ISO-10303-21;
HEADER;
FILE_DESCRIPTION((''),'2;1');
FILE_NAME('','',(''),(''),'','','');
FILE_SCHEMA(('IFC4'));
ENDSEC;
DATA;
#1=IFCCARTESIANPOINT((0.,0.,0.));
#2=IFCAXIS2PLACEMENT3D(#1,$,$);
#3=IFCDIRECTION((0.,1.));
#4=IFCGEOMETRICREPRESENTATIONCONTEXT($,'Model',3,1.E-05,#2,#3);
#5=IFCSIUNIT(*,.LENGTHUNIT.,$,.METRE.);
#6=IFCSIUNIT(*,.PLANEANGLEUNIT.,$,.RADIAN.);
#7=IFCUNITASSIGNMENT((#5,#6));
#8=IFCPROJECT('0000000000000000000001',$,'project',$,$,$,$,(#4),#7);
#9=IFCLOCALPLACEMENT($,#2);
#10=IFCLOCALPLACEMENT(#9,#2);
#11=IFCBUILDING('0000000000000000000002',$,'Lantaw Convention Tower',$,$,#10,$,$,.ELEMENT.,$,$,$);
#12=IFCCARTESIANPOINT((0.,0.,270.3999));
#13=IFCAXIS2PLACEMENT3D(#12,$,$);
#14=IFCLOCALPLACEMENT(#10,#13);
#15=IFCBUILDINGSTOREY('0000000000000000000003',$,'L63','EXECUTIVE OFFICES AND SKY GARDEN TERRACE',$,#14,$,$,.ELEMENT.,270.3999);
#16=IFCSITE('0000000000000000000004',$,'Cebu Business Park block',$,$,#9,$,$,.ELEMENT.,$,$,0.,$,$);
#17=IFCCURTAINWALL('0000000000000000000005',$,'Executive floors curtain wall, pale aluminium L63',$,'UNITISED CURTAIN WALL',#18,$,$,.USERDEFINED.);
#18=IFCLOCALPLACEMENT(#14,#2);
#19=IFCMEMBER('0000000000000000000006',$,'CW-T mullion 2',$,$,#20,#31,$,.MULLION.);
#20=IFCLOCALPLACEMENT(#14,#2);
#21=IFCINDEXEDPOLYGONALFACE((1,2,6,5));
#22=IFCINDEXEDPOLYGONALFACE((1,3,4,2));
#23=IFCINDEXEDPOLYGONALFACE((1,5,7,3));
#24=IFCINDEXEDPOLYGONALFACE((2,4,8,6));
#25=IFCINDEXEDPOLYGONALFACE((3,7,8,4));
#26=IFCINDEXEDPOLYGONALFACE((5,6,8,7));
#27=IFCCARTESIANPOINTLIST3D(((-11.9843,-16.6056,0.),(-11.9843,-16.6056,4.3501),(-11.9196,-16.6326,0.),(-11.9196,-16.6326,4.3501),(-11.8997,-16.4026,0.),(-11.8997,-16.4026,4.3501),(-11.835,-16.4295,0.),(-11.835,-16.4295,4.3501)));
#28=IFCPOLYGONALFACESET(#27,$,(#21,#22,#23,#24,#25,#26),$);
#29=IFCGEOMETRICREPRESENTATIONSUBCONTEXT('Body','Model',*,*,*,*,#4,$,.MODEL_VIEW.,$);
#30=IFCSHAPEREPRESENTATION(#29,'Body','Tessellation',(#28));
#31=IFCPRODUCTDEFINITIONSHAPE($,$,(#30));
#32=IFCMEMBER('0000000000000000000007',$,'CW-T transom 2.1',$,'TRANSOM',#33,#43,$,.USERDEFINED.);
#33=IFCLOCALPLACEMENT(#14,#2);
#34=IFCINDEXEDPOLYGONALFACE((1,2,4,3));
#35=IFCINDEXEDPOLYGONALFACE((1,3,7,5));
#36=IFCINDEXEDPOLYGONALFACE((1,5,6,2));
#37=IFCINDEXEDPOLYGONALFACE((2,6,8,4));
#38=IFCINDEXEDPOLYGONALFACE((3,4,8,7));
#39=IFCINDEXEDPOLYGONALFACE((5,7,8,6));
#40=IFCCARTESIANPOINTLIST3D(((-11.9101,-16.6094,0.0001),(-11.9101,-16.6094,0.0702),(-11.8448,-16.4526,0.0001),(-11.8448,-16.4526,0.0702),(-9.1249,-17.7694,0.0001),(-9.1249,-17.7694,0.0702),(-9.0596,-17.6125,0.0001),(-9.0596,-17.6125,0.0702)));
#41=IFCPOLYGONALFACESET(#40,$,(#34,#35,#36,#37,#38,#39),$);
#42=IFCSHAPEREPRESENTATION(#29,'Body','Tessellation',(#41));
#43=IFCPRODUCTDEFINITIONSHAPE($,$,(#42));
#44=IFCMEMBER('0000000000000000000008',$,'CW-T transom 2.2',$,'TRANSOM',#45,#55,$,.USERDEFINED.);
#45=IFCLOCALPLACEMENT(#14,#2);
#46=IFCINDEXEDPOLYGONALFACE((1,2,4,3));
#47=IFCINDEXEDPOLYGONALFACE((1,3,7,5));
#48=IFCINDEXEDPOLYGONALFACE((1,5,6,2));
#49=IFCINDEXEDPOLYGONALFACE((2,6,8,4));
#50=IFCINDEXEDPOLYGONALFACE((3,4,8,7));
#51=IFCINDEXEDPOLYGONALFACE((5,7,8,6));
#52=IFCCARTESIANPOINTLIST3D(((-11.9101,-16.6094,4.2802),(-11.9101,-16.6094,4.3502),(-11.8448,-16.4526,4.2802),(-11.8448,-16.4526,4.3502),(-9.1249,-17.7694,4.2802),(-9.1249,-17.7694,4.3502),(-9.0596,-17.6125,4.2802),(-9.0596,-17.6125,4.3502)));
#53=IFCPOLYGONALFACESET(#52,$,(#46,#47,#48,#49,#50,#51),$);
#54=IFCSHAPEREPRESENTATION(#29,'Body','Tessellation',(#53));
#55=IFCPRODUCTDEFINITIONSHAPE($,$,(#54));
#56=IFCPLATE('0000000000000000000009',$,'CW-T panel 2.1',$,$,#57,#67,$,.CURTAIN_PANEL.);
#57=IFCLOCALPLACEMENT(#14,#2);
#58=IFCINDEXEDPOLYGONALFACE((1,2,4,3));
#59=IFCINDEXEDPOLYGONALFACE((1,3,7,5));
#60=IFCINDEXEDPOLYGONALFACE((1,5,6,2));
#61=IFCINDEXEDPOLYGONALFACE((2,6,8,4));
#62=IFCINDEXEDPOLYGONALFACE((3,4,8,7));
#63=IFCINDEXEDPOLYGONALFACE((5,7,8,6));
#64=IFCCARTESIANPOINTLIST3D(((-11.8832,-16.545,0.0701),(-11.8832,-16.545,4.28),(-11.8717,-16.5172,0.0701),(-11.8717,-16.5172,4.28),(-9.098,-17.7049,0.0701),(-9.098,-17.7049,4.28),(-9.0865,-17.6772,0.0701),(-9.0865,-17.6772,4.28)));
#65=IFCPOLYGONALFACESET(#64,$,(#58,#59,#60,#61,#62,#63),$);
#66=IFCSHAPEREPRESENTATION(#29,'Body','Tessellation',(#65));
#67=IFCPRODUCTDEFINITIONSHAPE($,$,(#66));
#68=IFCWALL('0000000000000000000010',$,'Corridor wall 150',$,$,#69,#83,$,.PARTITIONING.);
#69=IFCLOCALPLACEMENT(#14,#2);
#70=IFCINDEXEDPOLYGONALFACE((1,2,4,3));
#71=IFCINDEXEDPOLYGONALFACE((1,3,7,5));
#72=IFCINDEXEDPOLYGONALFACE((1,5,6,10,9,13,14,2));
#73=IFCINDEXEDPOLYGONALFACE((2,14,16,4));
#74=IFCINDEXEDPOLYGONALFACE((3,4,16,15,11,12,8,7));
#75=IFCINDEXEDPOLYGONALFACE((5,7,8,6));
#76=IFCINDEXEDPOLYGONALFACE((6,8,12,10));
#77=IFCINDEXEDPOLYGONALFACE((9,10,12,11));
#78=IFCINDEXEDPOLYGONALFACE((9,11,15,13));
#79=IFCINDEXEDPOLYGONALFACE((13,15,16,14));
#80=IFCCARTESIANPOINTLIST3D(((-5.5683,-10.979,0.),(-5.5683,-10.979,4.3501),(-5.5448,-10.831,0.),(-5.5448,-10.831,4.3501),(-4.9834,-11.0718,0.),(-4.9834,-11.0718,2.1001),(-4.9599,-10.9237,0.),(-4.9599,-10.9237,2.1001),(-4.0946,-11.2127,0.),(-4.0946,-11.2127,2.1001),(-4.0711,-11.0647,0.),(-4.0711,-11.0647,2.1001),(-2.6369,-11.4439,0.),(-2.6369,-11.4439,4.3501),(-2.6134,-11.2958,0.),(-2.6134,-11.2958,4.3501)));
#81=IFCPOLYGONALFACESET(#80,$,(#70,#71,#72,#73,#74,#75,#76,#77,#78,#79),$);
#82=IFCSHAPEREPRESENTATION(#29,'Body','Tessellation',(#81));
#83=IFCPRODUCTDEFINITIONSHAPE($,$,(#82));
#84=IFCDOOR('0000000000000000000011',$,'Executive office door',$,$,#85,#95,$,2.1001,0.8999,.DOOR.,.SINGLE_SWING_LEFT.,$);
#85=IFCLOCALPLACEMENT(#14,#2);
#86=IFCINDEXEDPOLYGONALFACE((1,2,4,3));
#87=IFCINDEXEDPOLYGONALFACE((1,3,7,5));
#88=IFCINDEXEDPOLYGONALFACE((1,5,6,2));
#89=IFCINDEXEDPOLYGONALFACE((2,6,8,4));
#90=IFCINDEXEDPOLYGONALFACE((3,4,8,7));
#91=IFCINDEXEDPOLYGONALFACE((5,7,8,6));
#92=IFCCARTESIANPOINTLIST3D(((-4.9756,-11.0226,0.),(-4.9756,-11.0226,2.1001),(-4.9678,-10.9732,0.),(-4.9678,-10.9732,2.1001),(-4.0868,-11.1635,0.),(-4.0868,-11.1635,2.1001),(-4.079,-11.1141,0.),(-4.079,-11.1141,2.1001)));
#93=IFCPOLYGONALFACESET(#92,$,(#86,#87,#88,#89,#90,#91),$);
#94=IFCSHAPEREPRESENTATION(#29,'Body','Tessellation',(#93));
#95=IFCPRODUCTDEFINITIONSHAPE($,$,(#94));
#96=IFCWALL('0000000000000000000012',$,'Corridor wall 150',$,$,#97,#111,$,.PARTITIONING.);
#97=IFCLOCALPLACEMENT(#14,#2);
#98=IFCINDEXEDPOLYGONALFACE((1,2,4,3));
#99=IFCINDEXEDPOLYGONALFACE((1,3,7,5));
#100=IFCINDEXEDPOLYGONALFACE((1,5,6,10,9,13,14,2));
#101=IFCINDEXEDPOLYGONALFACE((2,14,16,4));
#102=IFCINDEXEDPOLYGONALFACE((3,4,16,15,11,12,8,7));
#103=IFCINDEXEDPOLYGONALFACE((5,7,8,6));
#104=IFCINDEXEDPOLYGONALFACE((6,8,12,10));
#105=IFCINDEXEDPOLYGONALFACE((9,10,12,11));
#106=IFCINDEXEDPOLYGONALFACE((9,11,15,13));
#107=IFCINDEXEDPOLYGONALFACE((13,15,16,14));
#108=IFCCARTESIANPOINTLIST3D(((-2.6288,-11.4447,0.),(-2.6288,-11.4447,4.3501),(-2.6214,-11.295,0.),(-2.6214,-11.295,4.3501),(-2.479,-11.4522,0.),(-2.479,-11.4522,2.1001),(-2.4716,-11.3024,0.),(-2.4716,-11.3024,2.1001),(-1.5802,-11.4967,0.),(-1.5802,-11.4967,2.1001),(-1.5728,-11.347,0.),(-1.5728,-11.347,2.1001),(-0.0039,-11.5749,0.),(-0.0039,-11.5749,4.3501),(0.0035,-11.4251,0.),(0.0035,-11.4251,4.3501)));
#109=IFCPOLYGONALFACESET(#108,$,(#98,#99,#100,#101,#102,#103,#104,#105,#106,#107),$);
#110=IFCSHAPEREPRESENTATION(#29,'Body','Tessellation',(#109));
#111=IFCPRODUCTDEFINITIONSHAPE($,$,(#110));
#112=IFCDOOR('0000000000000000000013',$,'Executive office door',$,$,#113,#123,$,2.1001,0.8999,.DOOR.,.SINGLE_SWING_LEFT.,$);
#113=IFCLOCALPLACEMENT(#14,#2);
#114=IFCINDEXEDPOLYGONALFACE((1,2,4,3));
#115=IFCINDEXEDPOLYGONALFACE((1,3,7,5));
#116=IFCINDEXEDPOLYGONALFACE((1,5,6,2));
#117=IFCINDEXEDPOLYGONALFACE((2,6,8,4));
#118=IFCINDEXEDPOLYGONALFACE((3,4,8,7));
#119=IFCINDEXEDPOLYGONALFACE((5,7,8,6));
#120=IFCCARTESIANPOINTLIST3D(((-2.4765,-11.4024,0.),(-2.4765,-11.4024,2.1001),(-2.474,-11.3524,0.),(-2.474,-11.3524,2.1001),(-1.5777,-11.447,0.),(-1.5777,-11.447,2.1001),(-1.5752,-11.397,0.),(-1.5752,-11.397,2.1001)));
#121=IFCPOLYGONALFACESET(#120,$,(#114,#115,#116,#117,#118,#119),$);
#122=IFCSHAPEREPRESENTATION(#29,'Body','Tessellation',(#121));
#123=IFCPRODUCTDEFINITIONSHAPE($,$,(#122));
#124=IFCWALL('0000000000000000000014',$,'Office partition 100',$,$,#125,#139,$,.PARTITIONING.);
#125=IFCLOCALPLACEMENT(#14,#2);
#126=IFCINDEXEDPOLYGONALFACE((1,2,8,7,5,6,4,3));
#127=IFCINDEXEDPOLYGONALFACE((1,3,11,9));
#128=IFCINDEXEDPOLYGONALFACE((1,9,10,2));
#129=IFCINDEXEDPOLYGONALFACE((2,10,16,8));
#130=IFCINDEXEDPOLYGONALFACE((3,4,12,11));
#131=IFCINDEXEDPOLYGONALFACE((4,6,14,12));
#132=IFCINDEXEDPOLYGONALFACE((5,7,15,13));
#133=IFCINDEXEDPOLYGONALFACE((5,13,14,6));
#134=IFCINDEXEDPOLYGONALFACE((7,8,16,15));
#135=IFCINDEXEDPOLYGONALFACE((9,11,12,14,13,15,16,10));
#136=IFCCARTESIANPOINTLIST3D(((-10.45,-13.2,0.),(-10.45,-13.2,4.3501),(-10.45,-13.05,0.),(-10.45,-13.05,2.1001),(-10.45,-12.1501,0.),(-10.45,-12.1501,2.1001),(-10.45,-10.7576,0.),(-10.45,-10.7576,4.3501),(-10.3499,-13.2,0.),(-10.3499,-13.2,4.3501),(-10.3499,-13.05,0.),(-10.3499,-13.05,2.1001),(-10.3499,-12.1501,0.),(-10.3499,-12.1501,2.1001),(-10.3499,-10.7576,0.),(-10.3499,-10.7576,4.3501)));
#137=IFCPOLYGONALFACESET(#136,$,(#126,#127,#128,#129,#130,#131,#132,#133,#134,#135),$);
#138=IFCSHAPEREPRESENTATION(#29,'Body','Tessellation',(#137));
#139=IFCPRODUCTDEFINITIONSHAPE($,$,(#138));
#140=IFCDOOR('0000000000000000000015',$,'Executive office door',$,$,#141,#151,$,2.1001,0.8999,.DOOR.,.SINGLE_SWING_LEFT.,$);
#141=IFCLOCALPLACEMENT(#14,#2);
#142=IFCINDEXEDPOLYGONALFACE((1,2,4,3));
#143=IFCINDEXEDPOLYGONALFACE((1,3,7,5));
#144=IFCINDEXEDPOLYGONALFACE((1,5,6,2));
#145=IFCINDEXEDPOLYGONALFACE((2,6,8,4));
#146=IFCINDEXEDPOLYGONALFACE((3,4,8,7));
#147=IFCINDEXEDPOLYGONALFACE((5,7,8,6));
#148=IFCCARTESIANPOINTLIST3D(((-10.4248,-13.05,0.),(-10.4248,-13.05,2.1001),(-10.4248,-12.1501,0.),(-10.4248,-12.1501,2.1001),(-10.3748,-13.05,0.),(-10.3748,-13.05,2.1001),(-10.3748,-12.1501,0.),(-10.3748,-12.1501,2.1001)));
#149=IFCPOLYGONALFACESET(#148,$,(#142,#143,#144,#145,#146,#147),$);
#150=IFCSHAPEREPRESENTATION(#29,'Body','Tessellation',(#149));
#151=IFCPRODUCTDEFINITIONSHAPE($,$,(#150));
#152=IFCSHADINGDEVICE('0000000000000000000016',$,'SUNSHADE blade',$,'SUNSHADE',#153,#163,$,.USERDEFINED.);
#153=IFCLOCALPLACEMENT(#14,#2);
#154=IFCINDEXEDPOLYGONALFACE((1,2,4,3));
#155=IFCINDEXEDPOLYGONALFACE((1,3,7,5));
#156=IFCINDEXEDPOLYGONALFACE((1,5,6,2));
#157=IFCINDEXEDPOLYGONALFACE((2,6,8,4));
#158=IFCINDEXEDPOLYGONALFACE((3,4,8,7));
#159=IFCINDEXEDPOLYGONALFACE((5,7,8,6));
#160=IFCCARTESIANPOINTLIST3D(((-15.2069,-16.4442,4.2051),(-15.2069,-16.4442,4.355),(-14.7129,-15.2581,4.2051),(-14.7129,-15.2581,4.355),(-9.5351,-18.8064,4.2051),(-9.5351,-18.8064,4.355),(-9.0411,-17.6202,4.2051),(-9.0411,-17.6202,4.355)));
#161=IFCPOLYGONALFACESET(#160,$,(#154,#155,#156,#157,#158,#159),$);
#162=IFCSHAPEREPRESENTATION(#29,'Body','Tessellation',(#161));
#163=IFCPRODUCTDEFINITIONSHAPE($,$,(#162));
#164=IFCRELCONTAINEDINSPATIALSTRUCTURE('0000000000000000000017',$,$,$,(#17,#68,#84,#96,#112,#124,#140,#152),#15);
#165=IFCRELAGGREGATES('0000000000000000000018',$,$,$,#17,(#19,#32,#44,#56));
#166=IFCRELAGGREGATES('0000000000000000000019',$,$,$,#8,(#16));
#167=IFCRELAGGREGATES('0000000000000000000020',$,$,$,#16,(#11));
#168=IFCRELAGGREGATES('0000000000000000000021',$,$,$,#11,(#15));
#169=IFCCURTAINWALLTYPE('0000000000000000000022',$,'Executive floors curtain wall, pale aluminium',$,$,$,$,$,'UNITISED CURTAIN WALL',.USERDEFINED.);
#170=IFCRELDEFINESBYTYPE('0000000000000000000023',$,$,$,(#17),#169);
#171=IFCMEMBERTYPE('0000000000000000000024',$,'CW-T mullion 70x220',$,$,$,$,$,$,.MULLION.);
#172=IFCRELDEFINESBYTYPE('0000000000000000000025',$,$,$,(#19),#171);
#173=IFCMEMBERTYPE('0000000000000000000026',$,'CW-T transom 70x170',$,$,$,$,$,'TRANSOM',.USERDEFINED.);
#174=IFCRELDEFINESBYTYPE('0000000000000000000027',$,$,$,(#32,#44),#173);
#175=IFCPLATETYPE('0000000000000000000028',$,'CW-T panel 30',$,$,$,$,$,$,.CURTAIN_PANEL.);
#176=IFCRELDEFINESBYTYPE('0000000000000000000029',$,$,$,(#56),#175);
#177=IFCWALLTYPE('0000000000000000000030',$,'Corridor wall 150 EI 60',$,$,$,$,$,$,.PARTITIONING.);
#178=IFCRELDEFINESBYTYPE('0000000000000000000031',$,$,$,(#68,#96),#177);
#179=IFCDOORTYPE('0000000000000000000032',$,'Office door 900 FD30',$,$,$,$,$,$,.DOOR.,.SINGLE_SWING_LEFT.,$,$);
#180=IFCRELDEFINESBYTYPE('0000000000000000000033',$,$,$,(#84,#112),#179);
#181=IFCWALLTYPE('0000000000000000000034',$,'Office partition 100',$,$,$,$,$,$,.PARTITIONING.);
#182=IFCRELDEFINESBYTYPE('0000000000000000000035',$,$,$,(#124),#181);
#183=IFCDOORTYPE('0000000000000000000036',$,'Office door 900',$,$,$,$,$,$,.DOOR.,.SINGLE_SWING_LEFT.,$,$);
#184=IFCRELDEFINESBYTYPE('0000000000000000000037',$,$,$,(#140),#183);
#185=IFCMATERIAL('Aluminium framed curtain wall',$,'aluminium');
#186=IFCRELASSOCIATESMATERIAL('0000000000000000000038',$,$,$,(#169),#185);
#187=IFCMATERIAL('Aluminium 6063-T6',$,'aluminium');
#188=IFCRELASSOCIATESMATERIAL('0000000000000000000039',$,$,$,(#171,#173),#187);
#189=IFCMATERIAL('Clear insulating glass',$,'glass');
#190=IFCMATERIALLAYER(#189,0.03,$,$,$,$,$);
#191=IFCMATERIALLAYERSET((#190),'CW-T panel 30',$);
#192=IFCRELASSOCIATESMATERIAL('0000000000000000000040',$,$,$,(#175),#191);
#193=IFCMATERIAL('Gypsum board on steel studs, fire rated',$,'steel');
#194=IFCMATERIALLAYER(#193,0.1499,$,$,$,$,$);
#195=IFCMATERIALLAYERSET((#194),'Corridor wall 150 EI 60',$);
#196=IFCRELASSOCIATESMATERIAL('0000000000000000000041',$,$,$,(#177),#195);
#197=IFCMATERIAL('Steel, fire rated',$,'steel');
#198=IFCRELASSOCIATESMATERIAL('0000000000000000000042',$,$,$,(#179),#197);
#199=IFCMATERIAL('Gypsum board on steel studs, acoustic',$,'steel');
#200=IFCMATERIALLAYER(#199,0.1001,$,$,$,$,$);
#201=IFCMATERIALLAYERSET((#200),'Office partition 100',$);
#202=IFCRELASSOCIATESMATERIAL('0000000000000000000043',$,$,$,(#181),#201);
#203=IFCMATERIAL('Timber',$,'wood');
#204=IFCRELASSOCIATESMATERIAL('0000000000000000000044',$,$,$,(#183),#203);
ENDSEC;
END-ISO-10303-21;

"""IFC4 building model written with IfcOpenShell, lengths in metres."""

from ifc_helpers import new_model, si_unit, direction, frame, frame_2d, origin, origin_2d, place, context, subcontext, project, spatial, rectangle, extrude, material, layer, layer_set, material_profile, profile_set, type_object, element, fill, aggregate, save


model = new_model("IFC4")

# Units and contexts
model_context = context("Model", 3, precision=1e-05, world=origin(), true_north=direction((0.0, 1.0)))
body_context = subcontext(model_context, "Body", "Model", "MODEL_VIEW")
ifc_project = project(units=[si_unit("LENGTHUNIT", "METRE"), si_unit("PLANEANGLEUNIT", "RADIAN")], contexts=[model_context])

# Site, building, storey
site_placement = place(None, origin())
site = spatial("IfcSite", under=ifc_project, at=site_placement, Name="Cebu Business Park block", CompositionType="ELEMENT", RefElevation=0.0)
building_placement = place(site_placement, origin())
building = spatial("IfcBuilding", under=site, at=building_placement, Name="Lantaw Convention Tower", CompositionType="ELEMENT")
storey_placement = place(building_placement, frame((0.0, 0.0, 270.3999)))
storey = spatial("IfcBuildingStorey", under=building, at=storey_placement, Name="L63", Description="EXECUTIVE OFFICES AND SKY GARDEN TERRACE", CompositionType="ELEMENT", Elevation=270.3999)

# Curtain wall, members, plate
ifc_material_1 = material(Name="Aluminium framed curtain wall", Category="aluminium")
curtain_wall_type = type_object("IfcCurtainWallType", Name="Executive floors curtain wall, pale aluminium", ElementType="UNITISED CURTAIN WALL", PredefinedType="USERDEFINED", material=ifc_material_1)
curtain_wall_placement = place(storey_placement, origin())
curtain_wall = element("IfcCurtainWall", 1, at=curtain_wall_placement, inside=storey, type_object=curtain_wall_type, Name="Executive floors curtain wall, pale aluminium L63", ObjectType="UNITISED CURTAIN WALL", PredefinedType="USERDEFINED")
ifc_material_2 = material(Name="Aluminium 6063-T6", Category="aluminium")
ifc_material_profile_1 = material_profile(ifc_material_2, rectangle(XDim=0.22, YDim=0.0701, at=origin_2d()), Name="CW-T mullion 70x220")
ifc_profile_set_1 = profile_set([ifc_material_profile_1], Name="Aluminium 6063-T6")
member_type_1 = type_object("IfcMemberType", Name="CW-T mullion 70x220", PredefinedType="MULLION", material=ifc_profile_set_1)
member_1_placement = place(storey_placement, frame((-11.9097, -16.5176, 0.0), z_axis=(0.0, 0.0, 1.0), x_axis=(0.38446, 0.923142, 0.0)))
member_1 = element("IfcMember", 2, at=member_1_placement, type_object=member_type_1, Name="CW-T mullion 2", PredefinedType="MULLION", context=body_context, shape_type="SweptSolid", body=[
    extrude(rectangle(XDim=0.22, YDim=0.0701, at=origin_2d()), origin(), (0.0, 0.0, 1.0), 4.3501),
])
ifc_material_profile_2 = material_profile(ifc_material_2, rectangle(XDim=0.1699, YDim=0.0701, at=origin_2d()), Name="CW-T transom 70x170")
ifc_profile_set_2 = profile_set([ifc_material_profile_2], Name="Aluminium 6063-T6")
member_type_2 = type_object("IfcMemberType", Name="CW-T transom 70x170", ElementType="TRANSOM", PredefinedType="USERDEFINED", material=ifc_profile_set_2)
member_2_placement = place(storey_placement, frame((-11.8774, -16.531, 0.0352), z_axis=(0.923144, -0.384454, 0.0), x_axis=(0.384454, 0.923144, 0.0)))
member_2 = element("IfcMember", 3, at=member_2_placement, type_object=member_type_2, Name="CW-T transom 2.1", ObjectType="TRANSOM", PredefinedType="USERDEFINED", context=body_context, shape_type="SweptSolid", body=[
    extrude(rectangle(XDim=0.1699, YDim=0.0701, at=origin_2d()), origin(), (0.0, 0.0, 1.0), 3.0171),
])
member_3_placement = place(storey_placement, frame((-11.8774, -16.531, 4.3152), z_axis=(0.923144, -0.384454, 0.0), x_axis=(0.384454, 0.923144, 0.0)))
member_3 = element("IfcMember", 4, at=member_3_placement, type_object=member_type_2, Name="CW-T transom 2.2", ObjectType="TRANSOM", PredefinedType="USERDEFINED", context=body_context, shape_type="SweptSolid", body=[
    extrude(rectangle(XDim=0.1699, YDim=0.0701, at=origin_2d()), origin(), (0.0, 0.0, 1.0), 3.0171),
])
ifc_material_3 = material(Name="Clear insulating glass", Category="glass")
ifc_layer_1 = layer(ifc_material_3, 0.03)
ifc_layer_set_1 = layer_set([ifc_layer_1], Name="CW-T panel 30")
plate_type = type_object("IfcPlateType", Name="CW-T panel 30", PredefinedType="CURTAIN_PANEL", material=ifc_layer_set_1)
plate_placement = place(storey_placement, frame((-10.4849, -17.1111, 0.0701), z_axis=(0.0, 0.0, 1.0), x_axis=(0.923142, -0.38446, 0.0)))
plate = element("IfcPlate", 5, at=plate_placement, type_object=plate_type, Name="CW-T panel 2.1", PredefinedType="CURTAIN_PANEL", context=body_context, shape_type="SweptSolid", body=[
    extrude(rectangle(XDim=3.0171, YDim=0.03, at=origin_2d()), origin(), (0.0, 0.0, 1.0), 4.21),
])
aggregate(curtain_wall, [member_1, member_2, member_3, plate])

# Walls, openings, doors
ifc_material_4 = material(Name="Gypsum board on steel studs, fire rated", Category="steel")
ifc_layer_2 = layer(ifc_material_4, 0.1499)
ifc_layer_set_2 = layer_set([ifc_layer_2], Name="Corridor wall 150 EI 60")
wall_type_1 = type_object("IfcWallType", Name="Corridor wall 150 EI 60", PredefinedType="PARTITIONING", material=ifc_layer_set_2)
wall_1_placement = place(storey_placement, frame((-5.5564, -10.905, 0.0), z_axis=(0.0, 0.0, 1.0), x_axis=(0.987659, -0.156617, 0.0)))
wall_1 = element("IfcWall", 6, at=wall_1_placement, inside=storey, type_object=wall_type_1, Name="Corridor wall 150", PredefinedType="PARTITIONING", context=body_context, shape_type="SweptSolid", body=[
    extrude(rectangle(XDim=2.968, YDim=0.1499, at=frame_2d((1.4839, 0.0))), origin(), (0.0, 0.0, 1.0), 4.3501),
])
opening_1_placement = place(wall_1_placement, frame((0.592, 0.0, 0.0)))
opening_1 = element("IfcOpeningElement", 7, at=opening_1_placement, cuts=wall_1, PredefinedType="OPENING", context=body_context, shape_type="SweptSolid", body=[
    extrude(rectangle(XDim=0.8999, YDim=2.1001, at=frame_2d((0.45, 1.05))), frame((0.0, 0.085, 0.0), z_axis=(0.0, -1.0, 0.0), x_axis=(1.0, 0.0, 0.0)), (0.0, 0.0, 1.0), 0.1699),
])
ifc_material_5 = material(Name="Steel, fire rated", Category="steel")
door_type_1 = type_object("IfcDoorType", Name="Office door 900 FD30", OperationType="SINGLE_SWING_LEFT", PredefinedType="DOOR", material=ifc_material_5)
door_1_placement = place(opening_1_placement, origin())
door_1 = element("IfcDoor", 8, at=door_1_placement, inside=storey, type_object=door_type_1, Name="Executive office door", OperationType="SINGLE_SWING_LEFT", OverallHeight=2.1001, OverallWidth=0.8999, PredefinedType="DOOR", context=body_context, shape_type="SweptSolid", body=[
    extrude(rectangle(XDim=0.8999, YDim=2.1001, at=frame_2d((0.45, 1.05))), frame((0.0, 0.0249, 0.0), z_axis=(0.0, -1.0, 0.0), x_axis=(1.0, 0.0, 0.0)), (0.0, 0.0, 1.0), 0.05),
])
fill(opening_1, door_1)
wall_2_placement = place(storey_placement, frame((-2.625, -11.3699, 0.0), z_axis=(0.0, 0.0, 1.0), x_axis=(0.998774, -0.049511, 0.0)))
wall_2 = element("IfcWall", 9, at=wall_2_placement, inside=storey, type_object=wall_type_1, Name="Corridor wall 150", PredefinedType="PARTITIONING", context=body_context, shape_type="SweptSolid", body=[
    extrude(rectangle(XDim=2.6282, YDim=0.1499, at=frame_2d((1.314, 0.0))), origin(), (0.0, 0.0, 1.0), 4.3501),
])
opening_2_placement = place(wall_2_placement, frame((0.1499, 0.0, 0.0)))
opening_2 = element("IfcOpeningElement", 10, at=opening_2_placement, cuts=wall_2, PredefinedType="OPENING", context=body_context, shape_type="SweptSolid", body=[
    extrude(rectangle(XDim=0.8999, YDim=2.1001, at=frame_2d((0.45, 1.05))), frame((0.0, 0.085, 0.0), z_axis=(0.0, -1.0, 0.0), x_axis=(1.0, 0.0, 0.0)), (0.0, 0.0, 1.0), 0.1699),
])
door_2_placement = place(opening_2_placement, origin())
door_2 = element("IfcDoor", 11, at=door_2_placement, inside=storey, type_object=door_type_1, Name="Executive office door", OperationType="SINGLE_SWING_LEFT", OverallHeight=2.1001, OverallWidth=0.8999, PredefinedType="DOOR", context=body_context, shape_type="SweptSolid", body=[
    extrude(rectangle(XDim=0.8999, YDim=2.1001, at=frame_2d((0.45, 1.05))), frame((0.0, 0.0249, 0.0), z_axis=(0.0, -1.0, 0.0), x_axis=(1.0, 0.0, 0.0)), (0.0, 0.0, 1.0), 0.05),
])
fill(opening_2, door_2)
ifc_material_6 = material(Name="Gypsum board on steel studs, acoustic", Category="steel")
ifc_layer_3 = layer(ifc_material_6, 0.1001)
ifc_layer_set_3 = layer_set([ifc_layer_3], Name="Office partition 100")
wall_type_2 = type_object("IfcWallType", Name="Office partition 100", PredefinedType="PARTITIONING", material=ifc_layer_set_3)
wall_3_placement = place(storey_placement, frame((-10.3999, -13.2, 0.0), z_axis=(0.0, 0.0, 1.0), x_axis=(0.0, 1.0, 0.0)))
wall_3 = element("IfcWall", 12, at=wall_3_placement, inside=storey, type_object=wall_type_2, Name="Office partition 100", PredefinedType="PARTITIONING", context=body_context, shape_type="SweptSolid", body=[
    extrude(rectangle(XDim=2.4424, YDim=0.1001, at=frame_2d((1.2212, 0.0))), origin(), (0.0, 0.0, 1.0), 4.3501),
])
opening_3_placement = place(wall_3_placement, frame((0.1499, 0.0, 0.0)))
opening_3 = element("IfcOpeningElement", 13, at=opening_3_placement, cuts=wall_3, PredefinedType="OPENING", context=body_context, shape_type="SweptSolid", body=[
    extrude(rectangle(XDim=0.8999, YDim=2.1001, at=frame_2d((0.45, 1.05))), frame((0.0, 0.0601, 0.0), z_axis=(0.0, -1.0, 0.0), x_axis=(1.0, 0.0, 0.0)), (0.0, 0.0, 1.0), 0.1201),
])
ifc_material_7 = material(Name="Timber", Category="wood")
door_type_2 = type_object("IfcDoorType", Name="Office door 900", OperationType="SINGLE_SWING_LEFT", PredefinedType="DOOR", material=ifc_material_7)
door_3_placement = place(opening_3_placement, origin())
door_3 = element("IfcDoor", 14, at=door_3_placement, inside=storey, type_object=door_type_2, Name="Executive office door", OperationType="SINGLE_SWING_LEFT", OverallHeight=2.1001, OverallWidth=0.8999, PredefinedType="DOOR", context=body_context, shape_type="SweptSolid", body=[
    extrude(rectangle(XDim=0.8999, YDim=2.1001, at=frame_2d((0.45, 1.05))), frame((0.0, 0.0249, 0.0), z_axis=(0.0, -1.0, 0.0), x_axis=(1.0, 0.0, 0.0)), (0.0, 0.0, 1.0), 0.05),
])
fill(opening_3, door_3)

# Shading device
shading_device_placement = place(storey_placement, frame((-12.124, -17.0322, 4.2051), z_axis=(0.0, 0.0, 1.0), x_axis=(0.923142, -0.38446, 0.0)))
element("IfcShadingDevice", 15, at=shading_device_placement, inside=storey, Name="SUNSHADE blade", ObjectType="SUNSHADE", PredefinedType="USERDEFINED", context=body_context, shape_type="SweptSolid", body=[
    extrude(rectangle(XDim=6.144, YDim=1.2849, at=origin_2d()), origin(), (0.0, 0.0, 1.0), 0.1499),
])

save(model, "model.ifc")
